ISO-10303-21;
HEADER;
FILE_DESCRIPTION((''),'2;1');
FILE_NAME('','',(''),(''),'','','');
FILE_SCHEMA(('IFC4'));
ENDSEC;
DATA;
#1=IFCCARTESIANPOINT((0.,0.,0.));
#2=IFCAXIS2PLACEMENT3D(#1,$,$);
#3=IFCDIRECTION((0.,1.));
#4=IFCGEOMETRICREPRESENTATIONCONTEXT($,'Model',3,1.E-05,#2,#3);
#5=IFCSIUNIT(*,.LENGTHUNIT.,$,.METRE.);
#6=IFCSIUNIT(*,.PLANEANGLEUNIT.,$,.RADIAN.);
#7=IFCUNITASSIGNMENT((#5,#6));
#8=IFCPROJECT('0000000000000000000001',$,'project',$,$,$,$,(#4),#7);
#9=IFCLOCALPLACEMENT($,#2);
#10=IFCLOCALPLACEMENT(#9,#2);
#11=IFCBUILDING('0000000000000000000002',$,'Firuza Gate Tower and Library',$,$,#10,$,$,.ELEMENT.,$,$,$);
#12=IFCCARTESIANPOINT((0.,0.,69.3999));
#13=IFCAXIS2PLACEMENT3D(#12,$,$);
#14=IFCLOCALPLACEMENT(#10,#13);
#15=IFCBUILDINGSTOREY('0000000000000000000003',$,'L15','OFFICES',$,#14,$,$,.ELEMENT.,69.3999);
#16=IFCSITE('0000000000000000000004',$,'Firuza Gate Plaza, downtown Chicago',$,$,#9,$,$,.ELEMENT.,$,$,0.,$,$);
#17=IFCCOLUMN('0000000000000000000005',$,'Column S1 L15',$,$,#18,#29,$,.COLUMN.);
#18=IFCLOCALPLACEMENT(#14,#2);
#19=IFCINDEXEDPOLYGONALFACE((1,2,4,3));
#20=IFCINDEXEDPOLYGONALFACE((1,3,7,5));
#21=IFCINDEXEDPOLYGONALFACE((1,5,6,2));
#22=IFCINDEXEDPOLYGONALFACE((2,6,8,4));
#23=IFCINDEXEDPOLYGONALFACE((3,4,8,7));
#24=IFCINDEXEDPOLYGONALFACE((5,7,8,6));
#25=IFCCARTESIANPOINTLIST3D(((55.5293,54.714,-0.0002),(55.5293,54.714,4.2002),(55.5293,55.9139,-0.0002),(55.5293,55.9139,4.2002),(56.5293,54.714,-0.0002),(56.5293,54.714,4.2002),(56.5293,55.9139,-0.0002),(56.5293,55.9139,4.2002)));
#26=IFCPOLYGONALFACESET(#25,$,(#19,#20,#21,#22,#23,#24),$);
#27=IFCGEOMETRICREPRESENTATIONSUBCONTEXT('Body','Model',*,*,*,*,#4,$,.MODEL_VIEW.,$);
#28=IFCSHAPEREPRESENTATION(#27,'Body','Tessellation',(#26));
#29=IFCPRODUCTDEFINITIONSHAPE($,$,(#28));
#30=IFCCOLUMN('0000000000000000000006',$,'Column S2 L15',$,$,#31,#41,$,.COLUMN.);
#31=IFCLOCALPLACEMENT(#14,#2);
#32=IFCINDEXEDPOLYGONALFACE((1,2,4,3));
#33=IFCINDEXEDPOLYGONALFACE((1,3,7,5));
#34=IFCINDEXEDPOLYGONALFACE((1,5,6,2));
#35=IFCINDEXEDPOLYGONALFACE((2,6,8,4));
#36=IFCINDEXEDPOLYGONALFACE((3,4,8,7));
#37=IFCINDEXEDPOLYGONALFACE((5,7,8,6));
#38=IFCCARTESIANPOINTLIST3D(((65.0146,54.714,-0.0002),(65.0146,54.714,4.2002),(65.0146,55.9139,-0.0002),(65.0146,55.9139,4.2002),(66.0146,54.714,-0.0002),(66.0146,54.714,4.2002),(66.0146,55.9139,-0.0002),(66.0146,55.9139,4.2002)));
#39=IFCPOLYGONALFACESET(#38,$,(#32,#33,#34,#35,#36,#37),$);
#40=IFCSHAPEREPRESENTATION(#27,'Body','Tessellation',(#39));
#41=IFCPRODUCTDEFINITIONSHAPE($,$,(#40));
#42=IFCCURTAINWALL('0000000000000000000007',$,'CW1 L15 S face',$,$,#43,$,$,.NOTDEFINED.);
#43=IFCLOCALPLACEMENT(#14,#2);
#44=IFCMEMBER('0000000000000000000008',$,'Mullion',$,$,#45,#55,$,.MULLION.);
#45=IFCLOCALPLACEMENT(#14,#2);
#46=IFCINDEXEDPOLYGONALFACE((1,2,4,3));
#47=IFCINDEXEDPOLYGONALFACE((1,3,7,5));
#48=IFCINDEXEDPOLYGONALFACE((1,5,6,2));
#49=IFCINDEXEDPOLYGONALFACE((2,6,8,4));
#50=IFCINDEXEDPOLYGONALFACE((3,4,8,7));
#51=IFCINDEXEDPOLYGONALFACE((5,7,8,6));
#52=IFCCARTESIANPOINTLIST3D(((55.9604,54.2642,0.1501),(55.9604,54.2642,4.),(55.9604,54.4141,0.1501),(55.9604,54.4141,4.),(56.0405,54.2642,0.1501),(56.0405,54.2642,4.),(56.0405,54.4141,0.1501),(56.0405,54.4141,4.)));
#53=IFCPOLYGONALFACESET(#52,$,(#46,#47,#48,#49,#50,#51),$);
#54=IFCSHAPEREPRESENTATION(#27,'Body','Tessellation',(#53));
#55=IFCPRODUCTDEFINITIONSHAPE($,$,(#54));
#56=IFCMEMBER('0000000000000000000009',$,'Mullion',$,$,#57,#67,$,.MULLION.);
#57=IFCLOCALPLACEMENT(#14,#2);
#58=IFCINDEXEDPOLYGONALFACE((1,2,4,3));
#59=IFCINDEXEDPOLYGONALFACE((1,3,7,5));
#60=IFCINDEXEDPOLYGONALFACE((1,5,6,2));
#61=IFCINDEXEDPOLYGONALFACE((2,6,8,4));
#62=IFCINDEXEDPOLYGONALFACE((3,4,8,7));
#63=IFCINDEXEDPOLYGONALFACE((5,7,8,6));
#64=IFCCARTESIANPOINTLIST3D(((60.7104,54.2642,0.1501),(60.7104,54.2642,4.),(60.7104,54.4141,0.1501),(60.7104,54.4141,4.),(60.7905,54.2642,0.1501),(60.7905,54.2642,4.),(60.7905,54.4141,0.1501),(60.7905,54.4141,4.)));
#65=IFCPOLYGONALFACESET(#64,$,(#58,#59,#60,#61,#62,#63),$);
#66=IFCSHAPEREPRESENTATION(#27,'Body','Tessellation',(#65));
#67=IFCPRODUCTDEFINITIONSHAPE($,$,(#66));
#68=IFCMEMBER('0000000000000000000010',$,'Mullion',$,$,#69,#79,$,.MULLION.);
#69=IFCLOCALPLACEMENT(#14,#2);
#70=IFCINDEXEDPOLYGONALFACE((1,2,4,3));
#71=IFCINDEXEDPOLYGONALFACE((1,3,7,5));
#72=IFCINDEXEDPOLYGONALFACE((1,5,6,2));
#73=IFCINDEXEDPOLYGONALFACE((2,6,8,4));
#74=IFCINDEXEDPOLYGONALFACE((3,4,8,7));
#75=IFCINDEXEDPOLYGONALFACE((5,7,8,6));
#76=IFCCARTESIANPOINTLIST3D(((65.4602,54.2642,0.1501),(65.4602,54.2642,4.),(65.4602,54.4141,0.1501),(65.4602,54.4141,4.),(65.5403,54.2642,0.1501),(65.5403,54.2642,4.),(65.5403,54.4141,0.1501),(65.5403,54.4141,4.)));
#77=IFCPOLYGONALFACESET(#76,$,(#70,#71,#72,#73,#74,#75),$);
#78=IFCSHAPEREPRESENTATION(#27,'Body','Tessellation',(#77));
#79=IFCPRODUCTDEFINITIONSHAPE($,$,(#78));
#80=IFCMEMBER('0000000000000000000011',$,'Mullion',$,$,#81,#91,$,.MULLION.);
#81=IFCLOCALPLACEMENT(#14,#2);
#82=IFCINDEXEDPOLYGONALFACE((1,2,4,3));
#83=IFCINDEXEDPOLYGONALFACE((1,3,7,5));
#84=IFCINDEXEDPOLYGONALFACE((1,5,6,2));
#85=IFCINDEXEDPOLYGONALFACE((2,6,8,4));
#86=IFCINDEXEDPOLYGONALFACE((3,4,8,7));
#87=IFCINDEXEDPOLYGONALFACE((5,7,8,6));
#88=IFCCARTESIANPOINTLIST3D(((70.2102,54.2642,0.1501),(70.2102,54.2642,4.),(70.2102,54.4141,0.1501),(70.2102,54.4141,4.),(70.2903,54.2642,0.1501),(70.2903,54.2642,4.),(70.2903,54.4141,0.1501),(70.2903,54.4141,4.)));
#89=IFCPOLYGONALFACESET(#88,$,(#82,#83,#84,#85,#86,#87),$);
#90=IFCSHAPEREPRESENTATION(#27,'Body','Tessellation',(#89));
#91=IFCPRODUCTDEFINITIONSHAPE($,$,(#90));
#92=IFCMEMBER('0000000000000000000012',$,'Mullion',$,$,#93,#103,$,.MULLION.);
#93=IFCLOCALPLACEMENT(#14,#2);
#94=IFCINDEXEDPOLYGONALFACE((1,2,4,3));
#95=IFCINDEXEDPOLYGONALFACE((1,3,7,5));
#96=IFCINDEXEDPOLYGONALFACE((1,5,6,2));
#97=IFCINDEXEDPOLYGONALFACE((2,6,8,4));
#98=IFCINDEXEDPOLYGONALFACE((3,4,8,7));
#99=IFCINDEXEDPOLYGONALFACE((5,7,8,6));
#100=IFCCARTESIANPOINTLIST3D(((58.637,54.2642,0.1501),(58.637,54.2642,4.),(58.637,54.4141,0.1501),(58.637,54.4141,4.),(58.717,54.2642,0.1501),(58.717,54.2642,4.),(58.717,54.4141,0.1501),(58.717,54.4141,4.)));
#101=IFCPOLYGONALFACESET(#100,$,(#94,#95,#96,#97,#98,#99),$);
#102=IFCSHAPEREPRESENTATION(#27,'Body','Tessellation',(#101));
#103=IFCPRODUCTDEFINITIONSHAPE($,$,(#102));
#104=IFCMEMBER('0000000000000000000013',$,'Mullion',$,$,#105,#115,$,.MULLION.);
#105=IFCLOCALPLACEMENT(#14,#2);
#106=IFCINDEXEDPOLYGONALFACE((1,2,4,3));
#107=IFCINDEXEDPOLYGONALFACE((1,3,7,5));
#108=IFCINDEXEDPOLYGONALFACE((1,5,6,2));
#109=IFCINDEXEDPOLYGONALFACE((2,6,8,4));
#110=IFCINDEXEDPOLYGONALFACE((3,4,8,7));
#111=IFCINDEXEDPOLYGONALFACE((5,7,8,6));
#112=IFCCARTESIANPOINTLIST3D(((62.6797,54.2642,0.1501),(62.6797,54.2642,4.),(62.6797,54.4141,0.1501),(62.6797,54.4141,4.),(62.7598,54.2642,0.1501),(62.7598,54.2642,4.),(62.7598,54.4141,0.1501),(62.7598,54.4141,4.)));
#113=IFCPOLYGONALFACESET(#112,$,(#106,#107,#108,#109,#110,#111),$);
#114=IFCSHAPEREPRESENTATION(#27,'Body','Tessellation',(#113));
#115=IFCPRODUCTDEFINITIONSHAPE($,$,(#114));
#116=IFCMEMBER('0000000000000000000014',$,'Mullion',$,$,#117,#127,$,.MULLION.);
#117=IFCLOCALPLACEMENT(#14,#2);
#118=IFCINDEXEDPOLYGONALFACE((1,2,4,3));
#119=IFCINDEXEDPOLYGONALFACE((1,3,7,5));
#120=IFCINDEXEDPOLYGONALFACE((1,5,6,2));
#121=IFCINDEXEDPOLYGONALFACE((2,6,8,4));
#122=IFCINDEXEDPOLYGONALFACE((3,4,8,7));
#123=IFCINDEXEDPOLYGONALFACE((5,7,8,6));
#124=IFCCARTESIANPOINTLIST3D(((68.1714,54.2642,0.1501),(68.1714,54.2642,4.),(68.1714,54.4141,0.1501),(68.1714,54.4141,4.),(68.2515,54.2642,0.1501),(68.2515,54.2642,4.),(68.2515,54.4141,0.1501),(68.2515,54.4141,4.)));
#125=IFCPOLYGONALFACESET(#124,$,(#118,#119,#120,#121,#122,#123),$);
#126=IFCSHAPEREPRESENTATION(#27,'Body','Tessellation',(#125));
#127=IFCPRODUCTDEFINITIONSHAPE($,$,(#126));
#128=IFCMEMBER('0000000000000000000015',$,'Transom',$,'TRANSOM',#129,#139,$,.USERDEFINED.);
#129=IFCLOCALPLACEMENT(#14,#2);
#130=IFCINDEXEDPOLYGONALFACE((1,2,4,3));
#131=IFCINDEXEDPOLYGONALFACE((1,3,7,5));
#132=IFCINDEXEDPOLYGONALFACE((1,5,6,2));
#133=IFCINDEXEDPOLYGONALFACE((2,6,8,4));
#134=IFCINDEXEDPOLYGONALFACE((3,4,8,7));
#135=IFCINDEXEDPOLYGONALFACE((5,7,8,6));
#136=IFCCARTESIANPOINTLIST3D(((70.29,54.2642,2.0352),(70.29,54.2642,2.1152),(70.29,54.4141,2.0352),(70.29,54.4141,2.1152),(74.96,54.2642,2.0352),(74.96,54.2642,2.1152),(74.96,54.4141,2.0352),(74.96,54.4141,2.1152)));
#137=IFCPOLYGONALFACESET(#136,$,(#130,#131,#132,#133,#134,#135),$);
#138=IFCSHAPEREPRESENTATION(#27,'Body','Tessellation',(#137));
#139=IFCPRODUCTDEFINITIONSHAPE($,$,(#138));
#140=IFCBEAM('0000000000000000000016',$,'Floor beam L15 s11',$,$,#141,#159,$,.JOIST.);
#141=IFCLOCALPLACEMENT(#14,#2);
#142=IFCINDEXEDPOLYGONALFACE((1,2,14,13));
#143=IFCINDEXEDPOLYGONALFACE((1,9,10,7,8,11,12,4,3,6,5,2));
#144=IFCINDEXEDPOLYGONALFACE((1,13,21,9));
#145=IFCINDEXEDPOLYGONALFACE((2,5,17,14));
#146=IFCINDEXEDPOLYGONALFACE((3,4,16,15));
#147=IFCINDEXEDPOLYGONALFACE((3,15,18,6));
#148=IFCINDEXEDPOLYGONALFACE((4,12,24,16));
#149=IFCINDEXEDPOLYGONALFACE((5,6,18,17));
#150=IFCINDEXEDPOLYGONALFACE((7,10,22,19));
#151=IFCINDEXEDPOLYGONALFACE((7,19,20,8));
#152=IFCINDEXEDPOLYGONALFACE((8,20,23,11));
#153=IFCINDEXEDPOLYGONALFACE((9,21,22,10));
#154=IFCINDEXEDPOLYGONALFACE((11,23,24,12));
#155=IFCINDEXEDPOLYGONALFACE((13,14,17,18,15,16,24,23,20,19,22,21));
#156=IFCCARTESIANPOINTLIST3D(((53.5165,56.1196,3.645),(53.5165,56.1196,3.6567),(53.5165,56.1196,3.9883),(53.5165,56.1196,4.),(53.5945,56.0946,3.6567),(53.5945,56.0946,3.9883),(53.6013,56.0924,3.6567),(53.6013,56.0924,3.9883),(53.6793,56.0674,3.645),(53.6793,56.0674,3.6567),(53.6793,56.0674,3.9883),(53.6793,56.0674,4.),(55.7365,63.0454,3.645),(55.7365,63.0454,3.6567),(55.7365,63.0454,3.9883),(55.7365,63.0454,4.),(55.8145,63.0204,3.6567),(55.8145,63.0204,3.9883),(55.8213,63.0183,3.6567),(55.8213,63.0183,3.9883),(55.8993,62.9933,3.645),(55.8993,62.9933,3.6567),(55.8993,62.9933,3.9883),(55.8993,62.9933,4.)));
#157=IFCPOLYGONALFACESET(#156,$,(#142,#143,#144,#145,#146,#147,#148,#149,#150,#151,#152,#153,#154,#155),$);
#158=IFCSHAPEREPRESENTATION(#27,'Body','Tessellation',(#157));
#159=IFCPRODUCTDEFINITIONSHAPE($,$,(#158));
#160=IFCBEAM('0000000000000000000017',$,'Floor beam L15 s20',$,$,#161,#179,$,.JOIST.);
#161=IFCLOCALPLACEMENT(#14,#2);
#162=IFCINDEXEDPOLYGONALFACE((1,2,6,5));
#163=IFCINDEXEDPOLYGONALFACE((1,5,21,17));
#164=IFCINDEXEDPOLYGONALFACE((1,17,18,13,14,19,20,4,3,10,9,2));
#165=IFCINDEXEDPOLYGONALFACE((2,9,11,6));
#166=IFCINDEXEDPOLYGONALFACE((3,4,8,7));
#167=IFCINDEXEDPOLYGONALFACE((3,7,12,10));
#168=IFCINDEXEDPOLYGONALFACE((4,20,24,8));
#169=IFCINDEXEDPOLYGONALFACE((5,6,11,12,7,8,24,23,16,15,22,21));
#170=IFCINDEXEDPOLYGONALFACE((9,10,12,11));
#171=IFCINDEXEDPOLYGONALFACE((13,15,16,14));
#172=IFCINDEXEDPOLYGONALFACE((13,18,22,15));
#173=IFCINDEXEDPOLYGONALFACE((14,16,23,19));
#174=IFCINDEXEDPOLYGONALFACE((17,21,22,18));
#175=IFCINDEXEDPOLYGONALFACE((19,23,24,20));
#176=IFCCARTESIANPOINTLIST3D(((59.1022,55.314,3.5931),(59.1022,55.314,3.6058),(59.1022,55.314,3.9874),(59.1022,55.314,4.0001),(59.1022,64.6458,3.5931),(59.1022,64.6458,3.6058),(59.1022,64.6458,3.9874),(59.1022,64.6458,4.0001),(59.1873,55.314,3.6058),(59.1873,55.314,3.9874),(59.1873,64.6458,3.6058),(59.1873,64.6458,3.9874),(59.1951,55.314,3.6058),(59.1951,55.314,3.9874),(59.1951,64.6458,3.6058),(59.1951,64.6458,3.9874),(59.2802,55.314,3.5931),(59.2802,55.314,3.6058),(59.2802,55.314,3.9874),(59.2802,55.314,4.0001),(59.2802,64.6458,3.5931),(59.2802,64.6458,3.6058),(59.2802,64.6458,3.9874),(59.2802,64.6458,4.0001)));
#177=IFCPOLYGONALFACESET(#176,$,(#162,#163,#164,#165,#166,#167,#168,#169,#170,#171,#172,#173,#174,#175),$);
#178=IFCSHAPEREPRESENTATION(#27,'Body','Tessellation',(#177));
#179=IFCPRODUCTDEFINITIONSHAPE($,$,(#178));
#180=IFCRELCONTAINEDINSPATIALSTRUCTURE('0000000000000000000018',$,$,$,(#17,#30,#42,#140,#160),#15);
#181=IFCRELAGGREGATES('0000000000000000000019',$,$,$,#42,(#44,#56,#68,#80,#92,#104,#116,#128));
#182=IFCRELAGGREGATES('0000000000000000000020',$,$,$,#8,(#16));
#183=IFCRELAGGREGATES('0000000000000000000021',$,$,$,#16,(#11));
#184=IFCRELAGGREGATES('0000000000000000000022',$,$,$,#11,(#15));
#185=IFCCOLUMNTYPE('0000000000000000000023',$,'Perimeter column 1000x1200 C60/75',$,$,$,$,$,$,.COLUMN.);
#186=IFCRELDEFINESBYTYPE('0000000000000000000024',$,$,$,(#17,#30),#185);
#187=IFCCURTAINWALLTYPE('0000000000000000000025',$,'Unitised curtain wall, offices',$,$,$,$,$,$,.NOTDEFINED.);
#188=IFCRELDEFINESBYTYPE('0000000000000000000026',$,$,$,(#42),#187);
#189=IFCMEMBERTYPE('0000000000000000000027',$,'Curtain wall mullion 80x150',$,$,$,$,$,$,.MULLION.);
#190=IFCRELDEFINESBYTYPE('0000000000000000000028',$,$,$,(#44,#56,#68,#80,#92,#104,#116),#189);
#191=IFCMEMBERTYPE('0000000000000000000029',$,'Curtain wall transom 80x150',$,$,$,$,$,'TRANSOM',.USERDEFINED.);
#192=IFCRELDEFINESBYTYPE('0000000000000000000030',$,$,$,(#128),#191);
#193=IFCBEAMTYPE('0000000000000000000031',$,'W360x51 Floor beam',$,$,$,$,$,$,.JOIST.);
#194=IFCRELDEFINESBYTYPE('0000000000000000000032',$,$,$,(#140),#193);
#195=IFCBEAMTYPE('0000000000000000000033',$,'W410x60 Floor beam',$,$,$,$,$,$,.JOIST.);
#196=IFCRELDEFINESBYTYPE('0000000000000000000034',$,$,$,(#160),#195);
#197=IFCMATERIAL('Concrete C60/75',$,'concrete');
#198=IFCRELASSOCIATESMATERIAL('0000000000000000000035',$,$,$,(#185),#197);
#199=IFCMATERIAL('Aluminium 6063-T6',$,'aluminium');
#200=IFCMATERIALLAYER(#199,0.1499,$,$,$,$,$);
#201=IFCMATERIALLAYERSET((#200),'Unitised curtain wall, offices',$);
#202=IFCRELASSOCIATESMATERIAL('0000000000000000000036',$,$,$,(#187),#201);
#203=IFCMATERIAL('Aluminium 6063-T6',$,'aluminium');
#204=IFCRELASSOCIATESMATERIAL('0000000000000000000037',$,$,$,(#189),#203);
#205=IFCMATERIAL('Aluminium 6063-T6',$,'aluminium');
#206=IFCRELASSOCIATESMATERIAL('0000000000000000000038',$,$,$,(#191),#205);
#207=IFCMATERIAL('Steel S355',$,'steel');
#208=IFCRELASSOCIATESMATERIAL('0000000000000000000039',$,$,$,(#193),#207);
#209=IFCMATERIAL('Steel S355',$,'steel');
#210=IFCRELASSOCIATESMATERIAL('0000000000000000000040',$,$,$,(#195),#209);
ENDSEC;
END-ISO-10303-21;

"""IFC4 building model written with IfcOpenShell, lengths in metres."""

from ifc_helpers import new_model, si_unit, direction, frame, origin, origin_2d, place, context, subcontext, project, spatial, rectangle, i_section, extrude, material, layer, layer_set, material_profile, profile_set, type_object, element, aggregate, save


model = new_model("IFC4")

# Units and contexts
model_context = context("Model", 3, precision=1e-05, world=origin(), true_north=direction((0.0, 1.0)))
body_context = subcontext(model_context, "Body", "Model", "MODEL_VIEW")
ifc_project = project(units=[si_unit("LENGTHUNIT", "METRE"), si_unit("PLANEANGLEUNIT", "RADIAN")], contexts=[model_context])

# Site, building, storey
site_placement = place(None, origin())
site = spatial("IfcSite", under=ifc_project, at=site_placement, Name="Firuza Gate Plaza, downtown Chicago", CompositionType="ELEMENT", RefElevation=0.0)
building_placement = place(site_placement, origin())
building = spatial("IfcBuilding", under=site, at=building_placement, Name="Firuza Gate Tower and Library", CompositionType="ELEMENT")
storey_placement = place(building_placement, frame((0.0, 0.0, 69.3999)))
storey = spatial("IfcBuildingStorey", under=building, at=storey_placement, Name="L15", Description="OFFICES", CompositionType="ELEMENT", Elevation=69.3999)

# Columns
ifc_material_1 = material(Name="Concrete C60/75", Category="concrete")
ifc_material_profile_1 = material_profile(ifc_material_1, rectangle(XDim=1.0, YDim=1.2, at=origin_2d()))
ifc_profile_set_1 = profile_set([ifc_material_profile_1], Name="Concrete C60/75")
column_type = type_object("IfcColumnType", Name="Perimeter column 1000x1200 C60/75", PredefinedType="COLUMN", material=ifc_profile_set_1)
for number, where, z_axis, x_axis, name in (
    (1, (56.0293, 55.314, -0.0002), (0.0, 0.0, 1.0), (1.0, 0.0, 0.0), "Column S1 L15"),
    (2, (65.5146, 55.314, -0.0002), (0.0, 0.0, 1.0), (1.0, 0.0, 0.0), "Column S2 L15"),
):
    element("IfcColumn", number, at=place(storey_placement, frame(where, z_axis=z_axis, x_axis=x_axis)), inside=storey, type_object=column_type, Name=name, PredefinedType="COLUMN", context=body_context, shape_type="SweptSolid", body=[
        extrude(rectangle(XDim=1.0, YDim=1.2, at=origin_2d()), origin(), (0.0, 0.0, 1.0), 4.2004),
    ])

# Curtain wall, members
ifc_material_2 = material(Name="Aluminium 6063-T6", Category="aluminium")
ifc_layer_1 = layer(ifc_material_2, 0.1499)
ifc_layer_set_1 = layer_set([ifc_layer_1], Name="Unitised curtain wall, offices")
curtain_wall_type = type_object("IfcCurtainWallType", Name="Unitised curtain wall, offices", PredefinedType="NOTDEFINED", material=ifc_layer_set_1)
curtain_wall_placement = place(storey_placement, origin())
curtain_wall = element("IfcCurtainWall", 3, at=curtain_wall_placement, inside=storey, type_object=curtain_wall_type, Name="CW1 L15 S face", PredefinedType="NOTDEFINED")
ifc_material_3 = material(Name="Aluminium 6063-T6", Category="aluminium")
ifc_material_profile_2 = material_profile(ifc_material_3, rectangle(XDim=0.1499, YDim=0.0801, at=origin_2d()))
ifc_profile_set_2 = profile_set([ifc_material_profile_2], Name="Aluminium 6063-T6")
member_type_1 = type_object("IfcMemberType", Name="Curtain wall mullion 80x150", PredefinedType="MULLION", material=ifc_profile_set_2)
member_1_placement = place(storey_placement, frame((56.0005, 54.3391, 0.1501), z_axis=(0.0, 0.0, 1.0), x_axis=(0.0, 1.0, 0.0)))
member_1 = element("IfcMember", 4, at=member_1_placement, type_object=member_type_1, Name="Mullion", PredefinedType="MULLION", context=body_context, shape_type="SweptSolid", body=[
    extrude(rectangle(XDim=0.1499, YDim=0.0801, at=origin_2d()), origin(), (0.0, 0.0, 1.0), 3.8499),
])
member_2_placement = place(storey_placement, frame((60.7505, 54.3391, 0.1501), z_axis=(0.0, 0.0, 1.0), x_axis=(0.0, 1.0, 0.0)))
member_2 = element("IfcMember", 5, at=member_2_placement, type_object=member_type_1, Name="Mullion", PredefinedType="MULLION", context=body_context, shape_type="SweptSolid", body=[
    extrude(rectangle(XDim=0.1499, YDim=0.0801, at=origin_2d()), origin(), (0.0, 0.0, 1.0), 3.8499),
])
member_3_placement = place(storey_placement, frame((65.5002, 54.3391, 0.1501), z_axis=(0.0, 0.0, 1.0), x_axis=(0.0, 1.0, 0.0)))
member_3 = element("IfcMember", 6, at=member_3_placement, type_object=member_type_1, Name="Mullion", PredefinedType="MULLION", context=body_context, shape_type="SweptSolid", body=[
    extrude(rectangle(XDim=0.1499, YDim=0.0801, at=origin_2d()), origin(), (0.0, 0.0, 1.0), 3.8499),
])
member_4_placement = place(storey_placement, frame((70.2502, 54.3391, 0.1501), z_axis=(0.0, 0.0, 1.0), x_axis=(0.0, 1.0, 0.0)))
member_4 = element("IfcMember", 7, at=member_4_placement, type_object=member_type_1, Name="Mullion", PredefinedType="MULLION", context=body_context, shape_type="SweptSolid", body=[
    extrude(rectangle(XDim=0.1499, YDim=0.0801, at=origin_2d()), origin(), (0.0, 0.0, 1.0), 3.8499),
])
member_5_placement = place(storey_placement, frame((58.677, 54.3391, 0.1501), z_axis=(0.0, 0.0, 1.0), x_axis=(0.0, 1.0, 0.0)))
member_5 = element("IfcMember", 8, at=member_5_placement, type_object=member_type_1, Name="Mullion", PredefinedType="MULLION", context=body_context, shape_type="SweptSolid", body=[
    extrude(rectangle(XDim=0.1499, YDim=0.0801, at=origin_2d()), origin(), (0.0, 0.0, 1.0), 3.8499),
])
member_6_placement = place(storey_placement, frame((62.7197, 54.3391, 0.1501), z_axis=(0.0, 0.0, 1.0), x_axis=(0.0, 1.0, 0.0)))
member_6 = element("IfcMember", 9, at=member_6_placement, type_object=member_type_1, Name="Mullion", PredefinedType="MULLION", context=body_context, shape_type="SweptSolid", body=[
    extrude(rectangle(XDim=0.1499, YDim=0.0801, at=origin_2d()), origin(), (0.0, 0.0, 1.0), 3.8499),
])
member_7_placement = place(storey_placement, frame((68.2114, 54.3391, 0.1501), z_axis=(0.0, 0.0, 1.0), x_axis=(0.0, 1.0, 0.0)))
member_7 = element("IfcMember", 10, at=member_7_placement, type_object=member_type_1, Name="Mullion", PredefinedType="MULLION", context=body_context, shape_type="SweptSolid", body=[
    extrude(rectangle(XDim=0.1499, YDim=0.0801, at=origin_2d()), origin(), (0.0, 0.0, 1.0), 3.8499),
])
ifc_material_4 = material(Name="Aluminium 6063-T6", Category="aluminium")
ifc_material_profile_3 = material_profile(ifc_material_4, rectangle(XDim=0.1499, YDim=0.0801, at=origin_2d()))
ifc_profile_set_3 = profile_set([ifc_material_profile_3], Name="Aluminium 6063-T6")
member_type_2 = type_object("IfcMemberType", Name="Curtain wall transom 80x150", ElementType="TRANSOM", PredefinedType="USERDEFINED", material=ifc_profile_set_3)
member_8_placement = place(storey_placement, frame((70.29, 54.3391, 2.0752), z_axis=(1.0, 0.0, 0.0), x_axis=(0.0, 1.0, 0.0)))
member_8 = element("IfcMember", 11, at=member_8_placement, type_object=member_type_2, Name="Transom", ObjectType="TRANSOM", PredefinedType="USERDEFINED", context=body_context, shape_type="SweptSolid", body=[
    extrude(rectangle(XDim=0.1499, YDim=0.0801, at=origin_2d()), origin(), (0.0, 0.0, 1.0), 4.6699),
])

# Beams
ifc_material_5 = material(Name="Steel S355", Category="steel")
ifc_material_profile_4 = material_profile(ifc_material_5, i_section(OverallWidth=0.1709, OverallDepth=0.355, WebThickness=0.0071, FlangeThickness=0.0117, at=origin_2d()))
ifc_profile_set_4 = profile_set([ifc_material_profile_4], Name="Steel S355")
beam_type_1 = type_object("IfcBeamType", Name="W360x51 Floor beam", PredefinedType="JOIST", material=ifc_profile_set_4)
beam_1_placement = place(storey_placement, frame((53.5979, 56.0935, 3.8225), z_axis=(0.30524, 0.952276, 0.0), x_axis=(-0.952276, 0.30524, 0.0)))
element("IfcBeam", 12, at=beam_1_placement, inside=storey, type_object=beam_type_1, Name="Floor beam L15 s11", PredefinedType="JOIST", context=body_context, shape_type="SweptSolid", body=[
    extrude(i_section(OverallWidth=0.1709, OverallDepth=0.355, WebThickness=0.0071, FlangeThickness=0.0117, at=origin_2d()), origin(), (0.0, 0.0, 1.0), 7.2729),
])
ifc_material_6 = material(Name="Steel S355", Category="steel")
ifc_material_profile_5 = material_profile(ifc_material_6, i_section(OverallWidth=0.178, OverallDepth=0.407, WebThickness=0.0078, FlangeThickness=0.0127, at=origin_2d()))
ifc_profile_set_5 = profile_set([ifc_material_profile_5], Name="Steel S355")
beam_type_2 = type_object("IfcBeamType", Name="W410x60 Floor beam", PredefinedType="JOIST", material=ifc_profile_set_5)
beam_2_placement = place(storey_placement, frame((59.1912, 55.314, 3.7966), z_axis=(0.0, 1.0, 0.0), x_axis=(-1.0, 0.0, 0.0)))
element("IfcBeam", 13, at=beam_2_placement, inside=storey, type_object=beam_type_2, Name="Floor beam L15 s20", PredefinedType="JOIST", context=body_context, shape_type="SweptSolid", body=[
    extrude(i_section(OverallWidth=0.178, OverallDepth=0.407, WebThickness=0.0078, FlangeThickness=0.0127, at=origin_2d()), origin(), (0.0, 0.0, 1.0), 9.3318),
])

aggregate(curtain_wall, [member_1, member_2, member_3, member_4, member_5, member_6, member_7, member_8])

save(model, "model.ifc")
